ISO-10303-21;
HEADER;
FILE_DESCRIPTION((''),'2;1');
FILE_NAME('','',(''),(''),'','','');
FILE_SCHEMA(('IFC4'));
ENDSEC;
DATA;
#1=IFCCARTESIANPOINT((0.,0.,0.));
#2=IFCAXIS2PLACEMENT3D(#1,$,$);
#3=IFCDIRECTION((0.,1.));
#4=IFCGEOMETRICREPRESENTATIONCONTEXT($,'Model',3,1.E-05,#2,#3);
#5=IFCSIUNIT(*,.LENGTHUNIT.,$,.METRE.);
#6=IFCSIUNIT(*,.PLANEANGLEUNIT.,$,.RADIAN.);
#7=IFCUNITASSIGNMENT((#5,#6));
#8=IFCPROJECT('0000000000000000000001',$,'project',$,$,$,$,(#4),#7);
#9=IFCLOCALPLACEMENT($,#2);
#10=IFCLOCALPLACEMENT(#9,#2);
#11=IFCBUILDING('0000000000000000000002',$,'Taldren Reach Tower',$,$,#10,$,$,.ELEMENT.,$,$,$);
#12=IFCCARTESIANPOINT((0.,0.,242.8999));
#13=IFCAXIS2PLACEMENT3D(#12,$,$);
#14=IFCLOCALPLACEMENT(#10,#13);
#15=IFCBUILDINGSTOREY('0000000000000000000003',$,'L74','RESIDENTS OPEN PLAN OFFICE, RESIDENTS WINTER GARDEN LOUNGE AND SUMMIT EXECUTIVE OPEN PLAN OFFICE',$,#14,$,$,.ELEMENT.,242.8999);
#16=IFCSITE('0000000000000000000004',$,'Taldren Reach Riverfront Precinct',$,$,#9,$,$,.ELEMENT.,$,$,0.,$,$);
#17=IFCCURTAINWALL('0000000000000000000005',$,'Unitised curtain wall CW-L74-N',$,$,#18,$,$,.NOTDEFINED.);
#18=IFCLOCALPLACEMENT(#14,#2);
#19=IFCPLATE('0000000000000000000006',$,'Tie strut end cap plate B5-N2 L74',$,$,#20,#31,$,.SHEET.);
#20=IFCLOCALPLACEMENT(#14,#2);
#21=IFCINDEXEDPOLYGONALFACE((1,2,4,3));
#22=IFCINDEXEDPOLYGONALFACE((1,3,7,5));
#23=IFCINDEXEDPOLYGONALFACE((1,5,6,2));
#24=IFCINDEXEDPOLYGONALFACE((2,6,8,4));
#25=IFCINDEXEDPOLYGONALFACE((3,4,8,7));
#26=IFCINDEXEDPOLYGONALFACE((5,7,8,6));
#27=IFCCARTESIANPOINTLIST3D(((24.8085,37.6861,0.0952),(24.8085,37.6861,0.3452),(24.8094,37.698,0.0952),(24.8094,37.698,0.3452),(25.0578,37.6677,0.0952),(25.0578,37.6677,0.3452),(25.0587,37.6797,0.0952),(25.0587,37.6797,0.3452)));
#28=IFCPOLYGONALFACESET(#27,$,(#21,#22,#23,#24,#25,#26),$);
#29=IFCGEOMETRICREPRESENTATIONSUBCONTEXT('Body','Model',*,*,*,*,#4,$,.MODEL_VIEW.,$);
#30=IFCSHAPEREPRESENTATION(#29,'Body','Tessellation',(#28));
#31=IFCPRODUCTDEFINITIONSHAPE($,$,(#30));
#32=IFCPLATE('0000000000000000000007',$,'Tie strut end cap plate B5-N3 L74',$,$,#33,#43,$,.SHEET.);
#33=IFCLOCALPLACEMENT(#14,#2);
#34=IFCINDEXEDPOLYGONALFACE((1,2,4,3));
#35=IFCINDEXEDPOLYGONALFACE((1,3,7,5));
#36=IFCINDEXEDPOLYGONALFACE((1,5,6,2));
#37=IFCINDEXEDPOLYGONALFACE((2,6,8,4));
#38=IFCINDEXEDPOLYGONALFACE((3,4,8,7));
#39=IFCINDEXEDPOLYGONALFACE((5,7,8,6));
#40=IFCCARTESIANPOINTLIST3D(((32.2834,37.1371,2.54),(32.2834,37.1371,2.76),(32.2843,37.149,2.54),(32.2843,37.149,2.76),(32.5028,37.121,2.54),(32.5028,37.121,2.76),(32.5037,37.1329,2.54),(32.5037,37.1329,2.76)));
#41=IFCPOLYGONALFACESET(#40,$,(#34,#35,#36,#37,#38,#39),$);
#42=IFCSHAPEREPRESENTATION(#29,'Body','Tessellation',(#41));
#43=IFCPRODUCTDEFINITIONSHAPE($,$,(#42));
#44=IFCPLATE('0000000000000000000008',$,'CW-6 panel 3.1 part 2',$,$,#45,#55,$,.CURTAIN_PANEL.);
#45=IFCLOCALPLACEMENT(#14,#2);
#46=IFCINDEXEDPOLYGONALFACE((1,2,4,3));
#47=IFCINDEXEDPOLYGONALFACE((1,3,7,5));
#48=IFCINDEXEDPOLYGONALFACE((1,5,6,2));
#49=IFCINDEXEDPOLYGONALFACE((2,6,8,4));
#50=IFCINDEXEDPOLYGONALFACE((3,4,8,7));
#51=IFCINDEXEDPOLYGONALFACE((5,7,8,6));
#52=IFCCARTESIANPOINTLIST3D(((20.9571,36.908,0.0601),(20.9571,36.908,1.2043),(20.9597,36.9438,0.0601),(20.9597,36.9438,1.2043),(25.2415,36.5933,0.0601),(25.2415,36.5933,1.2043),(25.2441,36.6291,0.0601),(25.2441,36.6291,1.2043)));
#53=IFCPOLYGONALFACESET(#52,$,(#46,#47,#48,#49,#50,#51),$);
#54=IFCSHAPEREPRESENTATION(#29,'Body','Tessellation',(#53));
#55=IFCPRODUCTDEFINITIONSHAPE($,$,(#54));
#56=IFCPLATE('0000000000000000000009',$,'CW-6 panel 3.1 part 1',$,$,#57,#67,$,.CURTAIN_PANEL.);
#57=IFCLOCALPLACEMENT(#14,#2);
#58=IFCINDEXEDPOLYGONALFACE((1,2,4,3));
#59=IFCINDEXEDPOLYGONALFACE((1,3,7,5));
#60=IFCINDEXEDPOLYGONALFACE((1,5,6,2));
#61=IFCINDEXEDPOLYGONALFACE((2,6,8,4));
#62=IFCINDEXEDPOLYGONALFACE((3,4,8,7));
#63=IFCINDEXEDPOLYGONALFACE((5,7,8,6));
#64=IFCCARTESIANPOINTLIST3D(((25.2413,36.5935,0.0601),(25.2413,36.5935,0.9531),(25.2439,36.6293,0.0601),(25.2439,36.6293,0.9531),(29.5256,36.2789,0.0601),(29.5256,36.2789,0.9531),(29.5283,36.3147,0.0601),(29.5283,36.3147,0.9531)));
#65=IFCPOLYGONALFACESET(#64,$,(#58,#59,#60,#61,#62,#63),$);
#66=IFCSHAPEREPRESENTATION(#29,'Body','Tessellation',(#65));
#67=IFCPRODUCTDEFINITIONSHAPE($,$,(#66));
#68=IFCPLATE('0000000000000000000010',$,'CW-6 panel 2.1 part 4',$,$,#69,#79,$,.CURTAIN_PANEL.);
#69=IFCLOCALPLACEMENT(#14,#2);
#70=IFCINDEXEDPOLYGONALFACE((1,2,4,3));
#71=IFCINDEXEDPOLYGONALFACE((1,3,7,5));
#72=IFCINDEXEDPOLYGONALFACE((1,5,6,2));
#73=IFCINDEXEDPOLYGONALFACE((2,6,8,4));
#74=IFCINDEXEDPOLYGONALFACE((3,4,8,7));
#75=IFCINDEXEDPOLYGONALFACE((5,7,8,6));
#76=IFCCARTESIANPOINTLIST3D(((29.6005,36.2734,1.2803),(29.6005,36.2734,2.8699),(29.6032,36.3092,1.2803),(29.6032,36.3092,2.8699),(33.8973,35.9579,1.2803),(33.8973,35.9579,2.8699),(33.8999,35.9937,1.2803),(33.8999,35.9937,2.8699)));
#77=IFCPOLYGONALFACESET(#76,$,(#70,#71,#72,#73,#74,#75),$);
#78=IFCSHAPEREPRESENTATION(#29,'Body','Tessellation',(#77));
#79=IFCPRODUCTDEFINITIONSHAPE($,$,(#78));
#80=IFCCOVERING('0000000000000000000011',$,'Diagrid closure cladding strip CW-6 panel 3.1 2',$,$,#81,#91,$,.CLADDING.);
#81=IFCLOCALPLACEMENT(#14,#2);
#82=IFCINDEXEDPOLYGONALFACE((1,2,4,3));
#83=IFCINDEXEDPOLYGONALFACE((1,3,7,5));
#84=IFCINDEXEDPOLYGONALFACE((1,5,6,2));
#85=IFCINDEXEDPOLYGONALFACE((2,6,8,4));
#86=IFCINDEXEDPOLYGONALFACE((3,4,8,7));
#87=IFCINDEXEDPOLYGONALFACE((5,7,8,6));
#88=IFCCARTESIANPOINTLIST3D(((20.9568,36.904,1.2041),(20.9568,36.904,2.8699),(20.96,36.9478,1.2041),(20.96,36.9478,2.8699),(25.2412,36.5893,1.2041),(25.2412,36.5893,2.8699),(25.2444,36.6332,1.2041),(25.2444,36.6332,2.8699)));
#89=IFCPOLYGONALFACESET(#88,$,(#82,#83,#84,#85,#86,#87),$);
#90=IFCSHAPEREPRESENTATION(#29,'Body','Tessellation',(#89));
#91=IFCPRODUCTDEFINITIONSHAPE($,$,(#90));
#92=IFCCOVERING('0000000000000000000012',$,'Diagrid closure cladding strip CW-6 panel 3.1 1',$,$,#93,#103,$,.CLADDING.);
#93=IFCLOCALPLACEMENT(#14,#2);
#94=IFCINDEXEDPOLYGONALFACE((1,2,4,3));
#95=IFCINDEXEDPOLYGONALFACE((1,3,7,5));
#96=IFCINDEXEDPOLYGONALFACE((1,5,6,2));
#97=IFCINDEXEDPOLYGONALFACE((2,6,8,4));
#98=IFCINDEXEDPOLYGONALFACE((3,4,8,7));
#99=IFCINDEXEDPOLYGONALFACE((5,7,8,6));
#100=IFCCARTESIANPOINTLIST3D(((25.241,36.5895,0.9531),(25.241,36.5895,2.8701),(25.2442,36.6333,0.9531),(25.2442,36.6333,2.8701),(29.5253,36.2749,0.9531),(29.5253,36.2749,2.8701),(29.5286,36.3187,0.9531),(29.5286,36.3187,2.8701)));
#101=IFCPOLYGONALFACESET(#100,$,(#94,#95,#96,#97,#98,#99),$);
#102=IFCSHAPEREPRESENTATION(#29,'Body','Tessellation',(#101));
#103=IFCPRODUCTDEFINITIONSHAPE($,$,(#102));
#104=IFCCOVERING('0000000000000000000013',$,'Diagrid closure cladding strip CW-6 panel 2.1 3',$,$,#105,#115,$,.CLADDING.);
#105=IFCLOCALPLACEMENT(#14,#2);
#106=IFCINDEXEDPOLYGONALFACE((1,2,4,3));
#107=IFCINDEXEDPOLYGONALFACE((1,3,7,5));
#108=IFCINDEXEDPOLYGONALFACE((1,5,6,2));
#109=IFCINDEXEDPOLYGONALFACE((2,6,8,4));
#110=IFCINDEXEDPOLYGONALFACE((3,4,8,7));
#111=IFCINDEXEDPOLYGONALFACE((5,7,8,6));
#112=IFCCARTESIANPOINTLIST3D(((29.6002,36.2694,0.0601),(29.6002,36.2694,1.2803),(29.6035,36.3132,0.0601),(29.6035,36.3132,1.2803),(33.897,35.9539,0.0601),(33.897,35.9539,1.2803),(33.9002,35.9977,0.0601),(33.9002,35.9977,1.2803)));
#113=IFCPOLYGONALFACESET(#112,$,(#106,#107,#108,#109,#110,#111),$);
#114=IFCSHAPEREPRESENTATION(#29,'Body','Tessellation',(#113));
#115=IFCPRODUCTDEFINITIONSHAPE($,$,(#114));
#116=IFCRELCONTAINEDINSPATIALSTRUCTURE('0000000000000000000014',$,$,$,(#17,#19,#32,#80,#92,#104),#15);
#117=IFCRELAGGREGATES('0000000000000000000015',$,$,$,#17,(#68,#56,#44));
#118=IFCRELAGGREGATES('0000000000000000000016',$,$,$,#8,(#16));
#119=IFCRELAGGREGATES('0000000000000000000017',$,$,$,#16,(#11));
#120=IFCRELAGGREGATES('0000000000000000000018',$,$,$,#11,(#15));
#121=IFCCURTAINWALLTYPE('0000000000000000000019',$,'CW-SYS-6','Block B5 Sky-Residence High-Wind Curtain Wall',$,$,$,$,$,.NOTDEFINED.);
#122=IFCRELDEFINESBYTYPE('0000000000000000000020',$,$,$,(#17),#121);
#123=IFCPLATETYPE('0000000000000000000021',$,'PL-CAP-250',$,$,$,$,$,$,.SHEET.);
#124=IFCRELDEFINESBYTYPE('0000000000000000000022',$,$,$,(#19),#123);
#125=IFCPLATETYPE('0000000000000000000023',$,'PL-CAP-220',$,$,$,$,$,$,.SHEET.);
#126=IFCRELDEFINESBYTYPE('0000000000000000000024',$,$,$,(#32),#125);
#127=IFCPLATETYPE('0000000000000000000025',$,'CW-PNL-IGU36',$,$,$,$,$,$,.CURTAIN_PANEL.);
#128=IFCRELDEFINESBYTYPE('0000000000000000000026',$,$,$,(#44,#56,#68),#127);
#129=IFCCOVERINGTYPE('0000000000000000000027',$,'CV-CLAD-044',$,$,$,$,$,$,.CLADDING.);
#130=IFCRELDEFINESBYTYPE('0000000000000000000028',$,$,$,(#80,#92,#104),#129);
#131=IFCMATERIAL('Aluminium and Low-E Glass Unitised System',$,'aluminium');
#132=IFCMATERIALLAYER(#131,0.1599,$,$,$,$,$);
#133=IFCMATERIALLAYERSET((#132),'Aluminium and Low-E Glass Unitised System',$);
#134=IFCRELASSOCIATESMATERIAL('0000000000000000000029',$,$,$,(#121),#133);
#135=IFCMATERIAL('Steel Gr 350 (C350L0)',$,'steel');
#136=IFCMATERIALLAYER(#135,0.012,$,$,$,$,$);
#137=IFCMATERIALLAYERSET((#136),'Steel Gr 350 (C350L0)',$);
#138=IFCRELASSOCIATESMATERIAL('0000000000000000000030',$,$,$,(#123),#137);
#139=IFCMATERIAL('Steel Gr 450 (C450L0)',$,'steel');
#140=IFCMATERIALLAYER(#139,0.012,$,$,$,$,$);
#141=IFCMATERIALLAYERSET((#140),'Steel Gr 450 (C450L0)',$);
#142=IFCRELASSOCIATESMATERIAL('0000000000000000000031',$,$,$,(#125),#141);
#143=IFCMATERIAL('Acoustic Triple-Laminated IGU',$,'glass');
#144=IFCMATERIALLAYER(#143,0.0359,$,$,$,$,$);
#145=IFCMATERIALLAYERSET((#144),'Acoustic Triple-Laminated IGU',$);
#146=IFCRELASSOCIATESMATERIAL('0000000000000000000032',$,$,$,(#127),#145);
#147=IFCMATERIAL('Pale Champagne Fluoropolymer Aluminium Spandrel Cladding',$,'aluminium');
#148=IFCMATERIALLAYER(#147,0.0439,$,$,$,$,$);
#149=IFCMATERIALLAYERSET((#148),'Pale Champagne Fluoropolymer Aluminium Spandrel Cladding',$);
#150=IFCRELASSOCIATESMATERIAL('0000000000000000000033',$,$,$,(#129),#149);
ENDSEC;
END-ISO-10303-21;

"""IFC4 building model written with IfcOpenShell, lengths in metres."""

from ifc_helpers import new_model, si_unit, direction, frame, origin, origin_2d, place, context, subcontext, project, spatial, rectangle, extrude, source, transform, mapped, material, layer, layer_set, type_object, element, aggregate, save


model = new_model("IFC4")

# Units and contexts
model_context = context("Model", 3, precision=1e-05, world=origin(), true_north=direction((0.0, 1.0)))
body_context = subcontext(model_context, "Body", "Model", "MODEL_VIEW")
ifc_project = project(units=[si_unit("LENGTHUNIT", "METRE"), si_unit("PLANEANGLEUNIT", "RADIAN")], contexts=[model_context])

# Site, building, storey
site_placement = place(None, origin())
site = spatial("IfcSite", under=ifc_project, at=site_placement, Name="Taldren Reach Riverfront Precinct", CompositionType="ELEMENT", RefElevation=0.0)
building_placement = place(site_placement, origin())
building = spatial("IfcBuilding", under=site, at=building_placement, Name="Taldren Reach Tower", CompositionType="ELEMENT")
storey_placement = place(building_placement, frame((0.0, 0.0, 242.8999)))
storey = spatial("IfcBuildingStorey", under=building, at=storey_placement, Name="L74", Description="RESIDENTS OPEN PLAN OFFICE, RESIDENTS WINTER GARDEN LOUNGE AND SUMMIT EXECUTIVE OPEN PLAN OFFICE", CompositionType="ELEMENT", Elevation=242.8999)

# Shared definitions
ifc_material_1 = material(Name="Steel Gr 350 (C350L0)", Category="steel")

# Shared definitions
ifc_material_2 = material(Name="Steel Gr 450 (C450L0)", Category="steel")

# Curtain wall
ifc_material_3 = material(Name="Aluminium and Low-E Glass Unitised System", Category="aluminium")
ifc_layer_1 = layer(ifc_material_3, 0.1599)
ifc_layer_set_1 = layer_set([ifc_layer_1], Name="Aluminium and Low-E Glass Unitised System")
curtain_wall_type = type_object("IfcCurtainWallType", Name="CW-SYS-6", Description="Block B5 Sky-Residence High-Wind Curtain Wall", PredefinedType="NOTDEFINED", material=ifc_layer_set_1)
curtain_wall_placement = place(storey_placement, origin())
curtain_wall = element("IfcCurtainWall", 1, at=curtain_wall_placement, inside=storey, type_object=curtain_wall_type, Name="Unitised curtain wall CW-L74-N", PredefinedType="NOTDEFINED")

# Plates
ifc_layer_2 = layer(ifc_material_1, 0.012)
ifc_layer_set_2 = layer_set([ifc_layer_2], Name="Steel Gr 350 (C350L0)")
plate_type_1 = type_object("IfcPlateType", Name="PL-CAP-250", PredefinedType="SHEET", material=ifc_layer_set_2)
shared_shape_1 = source(origin(), body_context, "Body", "SweptSolid", [
    extrude(rectangle(XDim=0.25, YDim=0.012, at=origin_2d()), origin(), (0.0, 0.0, 1.0), 0.25),
])
plate_1_placement = place(storey_placement, frame((24.9336, 37.6829, 0.0952), z_axis=(0.0, 0.0, 1.0), x_axis=(0.997314, -0.073238, 0.0)))
element("IfcPlate", 2, at=plate_1_placement, inside=storey, type_object=plate_type_1, Name="Tie strut end cap plate B5-N2 L74", PredefinedType="SHEET", context=body_context, shape_type="MappedRepresentation", body=[
    mapped(shared_shape_1, transform((0.0, 0.0, 0.0), scale=1.0)),
])
ifc_layer_3 = layer(ifc_material_2, 0.012)
ifc_layer_set_3 = layer_set([ifc_layer_3], Name="Steel Gr 450 (C450L0)")
plate_type_2 = type_object("IfcPlateType", Name="PL-CAP-220", PredefinedType="SHEET", material=ifc_layer_set_3)
shared_shape_2 = source(origin(), body_context, "Body", "SweptSolid", [
    extrude(rectangle(XDim=0.22, YDim=0.012, at=origin_2d()), origin(), (0.0, 0.0, 1.0), 0.22),
])
plate_2_placement = place(storey_placement, frame((32.3936, 37.135, 2.54), z_axis=(0.0, 0.0, 1.0), x_axis=(0.997314, -0.073238, 0.0)))
element("IfcPlate", 3, at=plate_2_placement, inside=storey, type_object=plate_type_2, Name="Tie strut end cap plate B5-N3 L74", PredefinedType="SHEET", context=body_context, shape_type="MappedRepresentation", body=[
    mapped(shared_shape_2, transform((0.0, 0.0, 0.0), scale=1.0)),
])

# Plates
ifc_material_4 = material(Name="Acoustic Triple-Laminated IGU", Category="glass")
ifc_layer_4 = layer(ifc_material_4, 0.0359)
ifc_layer_set_4 = layer_set([ifc_layer_4], Name="Acoustic Triple-Laminated IGU")
plate_type_3 = type_object("IfcPlateType", Name="CW-PNL-IGU36", PredefinedType="CURTAIN_PANEL", material=ifc_layer_set_4)
shared_shape_3 = source(origin(), body_context, "Body", "SweptSolid", [
    extrude(rectangle(XDim=4.2959, YDim=0.0359, at=origin_2d()), origin(), (0.0, 0.0, 1.0), 1.1443),
])
plate_3_placement = place(storey_placement, frame((23.1006, 36.7686, 0.0601), z_axis=(0.0, 0.0, 1.0), x_axis=(-0.997314, 0.073238, 0.0)))
plate_3 = element("IfcPlate", 4, at=plate_3_placement, type_object=plate_type_3, Name="CW-6 panel 3.1 part 2", PredefinedType="CURTAIN_PANEL", context=body_context, shape_type="MappedRepresentation", body=[
    mapped(shared_shape_3, transform((0.0, 0.0, 0.0), scale=1.0)),
])
shared_shape_4 = source(origin(), body_context, "Body", "SweptSolid", [
    extrude(rectangle(XDim=4.2959, YDim=0.0359, at=origin_2d()), origin(), (0.0, 0.0, 1.0), 0.8931),
])
plate_4_placement = place(storey_placement, frame((27.3848, 36.4541, 0.0601), z_axis=(0.0, 0.0, 1.0), x_axis=(-0.997314, 0.073238, 0.0)))
plate_4 = element("IfcPlate", 5, at=plate_4_placement, type_object=plate_type_3, Name="CW-6 panel 3.1 part 1", PredefinedType="CURTAIN_PANEL", context=body_context, shape_type="MappedRepresentation", body=[
    mapped(shared_shape_4, transform((0.0, 0.0, 0.0), scale=1.0)),
])
shared_shape_5 = source(origin(), body_context, "Body", "SweptSolid", [
    extrude(rectangle(XDim=4.3083, YDim=0.0359, at=origin_2d()), origin(), (0.0, 0.0, 1.0), 1.5896),
])
plate_5_placement = place(storey_placement, frame((31.7502, 36.1335, 1.2803), z_axis=(0.0, 0.0, 1.0), x_axis=(-0.997314, 0.073238, 0.0)))
plate_5 = element("IfcPlate", 6, at=plate_5_placement, type_object=plate_type_3, Name="CW-6 panel 2.1 part 4", PredefinedType="CURTAIN_PANEL", context=body_context, shape_type="MappedRepresentation", body=[
    mapped(shared_shape_5, transform((0.0, 0.0, 0.0), scale=1.0)),
])
aggregate(curtain_wall, [plate_5, plate_4, plate_3])

# Coverings
ifc_material_5 = material(Name="Pale Champagne Fluoropolymer Aluminium Spandrel Cladding", Category="aluminium")
ifc_layer_5 = layer(ifc_material_5, 0.0439)
ifc_layer_set_5 = layer_set([ifc_layer_5], Name="Pale Champagne Fluoropolymer Aluminium Spandrel Cladding")
covering_type = type_object("IfcCoveringType", Name="CV-CLAD-044", PredefinedType="CLADDING", material=ifc_layer_set_5)
shared_shape_6 = source(origin(), body_context, "Body", "SweptSolid", [
    extrude(rectangle(XDim=4.2959, YDim=0.0439, at=origin_2d()), origin(), (0.0, 0.0, 1.0), 1.6658),
])
covering_1_placement = place(storey_placement, frame((23.1006, 36.7686, 1.2041), z_axis=(0.0, 0.0, 1.0), x_axis=(-0.997314, 0.073238, 0.0)))
element("IfcCovering", 7, at=covering_1_placement, inside=storey, type_object=covering_type, Name="Diagrid closure cladding strip CW-6 panel 3.1 2", PredefinedType="CLADDING", context=body_context, shape_type="MappedRepresentation", body=[
    mapped(shared_shape_6, transform((0.0, 0.0, 0.0), scale=1.0)),
])
shared_shape_7 = source(origin(), body_context, "Body", "SweptSolid", [
    extrude(rectangle(XDim=4.2959, YDim=0.0439, at=origin_2d()), origin(), (0.0, 0.0, 1.0), 1.917),
])
covering_2_placement = place(storey_placement, frame((27.3848, 36.4541, 0.9531), z_axis=(0.0, 0.0, 1.0), x_axis=(-0.997314, 0.073238, 0.0)))
element("IfcCovering", 8, at=covering_2_placement, inside=storey, type_object=covering_type, Name="Diagrid closure cladding strip CW-6 panel 3.1 1", PredefinedType="CLADDING", context=body_context, shape_type="MappedRepresentation", body=[
    mapped(shared_shape_7, transform((0.0, 0.0, 0.0), scale=1.0)),
])
shared_shape_8 = source(origin(), body_context, "Body", "SweptSolid", [
    extrude(rectangle(XDim=4.3083, YDim=0.0439, at=origin_2d()), origin(), (0.0, 0.0, 1.0), 1.2202),
])
covering_3_placement = place(storey_placement, frame((31.7502, 36.1335, 0.0601), z_axis=(0.0, 0.0, 1.0), x_axis=(-0.997314, 0.073238, 0.0)))
element("IfcCovering", 9, at=covering_3_placement, inside=storey, type_object=covering_type, Name="Diagrid closure cladding strip CW-6 panel 2.1 3", PredefinedType="CLADDING", context=body_context, shape_type="MappedRepresentation", body=[
    mapped(shared_shape_8, transform((0.0, 0.0, 0.0), scale=1.0)),
])

save(model, "model.ifc")
